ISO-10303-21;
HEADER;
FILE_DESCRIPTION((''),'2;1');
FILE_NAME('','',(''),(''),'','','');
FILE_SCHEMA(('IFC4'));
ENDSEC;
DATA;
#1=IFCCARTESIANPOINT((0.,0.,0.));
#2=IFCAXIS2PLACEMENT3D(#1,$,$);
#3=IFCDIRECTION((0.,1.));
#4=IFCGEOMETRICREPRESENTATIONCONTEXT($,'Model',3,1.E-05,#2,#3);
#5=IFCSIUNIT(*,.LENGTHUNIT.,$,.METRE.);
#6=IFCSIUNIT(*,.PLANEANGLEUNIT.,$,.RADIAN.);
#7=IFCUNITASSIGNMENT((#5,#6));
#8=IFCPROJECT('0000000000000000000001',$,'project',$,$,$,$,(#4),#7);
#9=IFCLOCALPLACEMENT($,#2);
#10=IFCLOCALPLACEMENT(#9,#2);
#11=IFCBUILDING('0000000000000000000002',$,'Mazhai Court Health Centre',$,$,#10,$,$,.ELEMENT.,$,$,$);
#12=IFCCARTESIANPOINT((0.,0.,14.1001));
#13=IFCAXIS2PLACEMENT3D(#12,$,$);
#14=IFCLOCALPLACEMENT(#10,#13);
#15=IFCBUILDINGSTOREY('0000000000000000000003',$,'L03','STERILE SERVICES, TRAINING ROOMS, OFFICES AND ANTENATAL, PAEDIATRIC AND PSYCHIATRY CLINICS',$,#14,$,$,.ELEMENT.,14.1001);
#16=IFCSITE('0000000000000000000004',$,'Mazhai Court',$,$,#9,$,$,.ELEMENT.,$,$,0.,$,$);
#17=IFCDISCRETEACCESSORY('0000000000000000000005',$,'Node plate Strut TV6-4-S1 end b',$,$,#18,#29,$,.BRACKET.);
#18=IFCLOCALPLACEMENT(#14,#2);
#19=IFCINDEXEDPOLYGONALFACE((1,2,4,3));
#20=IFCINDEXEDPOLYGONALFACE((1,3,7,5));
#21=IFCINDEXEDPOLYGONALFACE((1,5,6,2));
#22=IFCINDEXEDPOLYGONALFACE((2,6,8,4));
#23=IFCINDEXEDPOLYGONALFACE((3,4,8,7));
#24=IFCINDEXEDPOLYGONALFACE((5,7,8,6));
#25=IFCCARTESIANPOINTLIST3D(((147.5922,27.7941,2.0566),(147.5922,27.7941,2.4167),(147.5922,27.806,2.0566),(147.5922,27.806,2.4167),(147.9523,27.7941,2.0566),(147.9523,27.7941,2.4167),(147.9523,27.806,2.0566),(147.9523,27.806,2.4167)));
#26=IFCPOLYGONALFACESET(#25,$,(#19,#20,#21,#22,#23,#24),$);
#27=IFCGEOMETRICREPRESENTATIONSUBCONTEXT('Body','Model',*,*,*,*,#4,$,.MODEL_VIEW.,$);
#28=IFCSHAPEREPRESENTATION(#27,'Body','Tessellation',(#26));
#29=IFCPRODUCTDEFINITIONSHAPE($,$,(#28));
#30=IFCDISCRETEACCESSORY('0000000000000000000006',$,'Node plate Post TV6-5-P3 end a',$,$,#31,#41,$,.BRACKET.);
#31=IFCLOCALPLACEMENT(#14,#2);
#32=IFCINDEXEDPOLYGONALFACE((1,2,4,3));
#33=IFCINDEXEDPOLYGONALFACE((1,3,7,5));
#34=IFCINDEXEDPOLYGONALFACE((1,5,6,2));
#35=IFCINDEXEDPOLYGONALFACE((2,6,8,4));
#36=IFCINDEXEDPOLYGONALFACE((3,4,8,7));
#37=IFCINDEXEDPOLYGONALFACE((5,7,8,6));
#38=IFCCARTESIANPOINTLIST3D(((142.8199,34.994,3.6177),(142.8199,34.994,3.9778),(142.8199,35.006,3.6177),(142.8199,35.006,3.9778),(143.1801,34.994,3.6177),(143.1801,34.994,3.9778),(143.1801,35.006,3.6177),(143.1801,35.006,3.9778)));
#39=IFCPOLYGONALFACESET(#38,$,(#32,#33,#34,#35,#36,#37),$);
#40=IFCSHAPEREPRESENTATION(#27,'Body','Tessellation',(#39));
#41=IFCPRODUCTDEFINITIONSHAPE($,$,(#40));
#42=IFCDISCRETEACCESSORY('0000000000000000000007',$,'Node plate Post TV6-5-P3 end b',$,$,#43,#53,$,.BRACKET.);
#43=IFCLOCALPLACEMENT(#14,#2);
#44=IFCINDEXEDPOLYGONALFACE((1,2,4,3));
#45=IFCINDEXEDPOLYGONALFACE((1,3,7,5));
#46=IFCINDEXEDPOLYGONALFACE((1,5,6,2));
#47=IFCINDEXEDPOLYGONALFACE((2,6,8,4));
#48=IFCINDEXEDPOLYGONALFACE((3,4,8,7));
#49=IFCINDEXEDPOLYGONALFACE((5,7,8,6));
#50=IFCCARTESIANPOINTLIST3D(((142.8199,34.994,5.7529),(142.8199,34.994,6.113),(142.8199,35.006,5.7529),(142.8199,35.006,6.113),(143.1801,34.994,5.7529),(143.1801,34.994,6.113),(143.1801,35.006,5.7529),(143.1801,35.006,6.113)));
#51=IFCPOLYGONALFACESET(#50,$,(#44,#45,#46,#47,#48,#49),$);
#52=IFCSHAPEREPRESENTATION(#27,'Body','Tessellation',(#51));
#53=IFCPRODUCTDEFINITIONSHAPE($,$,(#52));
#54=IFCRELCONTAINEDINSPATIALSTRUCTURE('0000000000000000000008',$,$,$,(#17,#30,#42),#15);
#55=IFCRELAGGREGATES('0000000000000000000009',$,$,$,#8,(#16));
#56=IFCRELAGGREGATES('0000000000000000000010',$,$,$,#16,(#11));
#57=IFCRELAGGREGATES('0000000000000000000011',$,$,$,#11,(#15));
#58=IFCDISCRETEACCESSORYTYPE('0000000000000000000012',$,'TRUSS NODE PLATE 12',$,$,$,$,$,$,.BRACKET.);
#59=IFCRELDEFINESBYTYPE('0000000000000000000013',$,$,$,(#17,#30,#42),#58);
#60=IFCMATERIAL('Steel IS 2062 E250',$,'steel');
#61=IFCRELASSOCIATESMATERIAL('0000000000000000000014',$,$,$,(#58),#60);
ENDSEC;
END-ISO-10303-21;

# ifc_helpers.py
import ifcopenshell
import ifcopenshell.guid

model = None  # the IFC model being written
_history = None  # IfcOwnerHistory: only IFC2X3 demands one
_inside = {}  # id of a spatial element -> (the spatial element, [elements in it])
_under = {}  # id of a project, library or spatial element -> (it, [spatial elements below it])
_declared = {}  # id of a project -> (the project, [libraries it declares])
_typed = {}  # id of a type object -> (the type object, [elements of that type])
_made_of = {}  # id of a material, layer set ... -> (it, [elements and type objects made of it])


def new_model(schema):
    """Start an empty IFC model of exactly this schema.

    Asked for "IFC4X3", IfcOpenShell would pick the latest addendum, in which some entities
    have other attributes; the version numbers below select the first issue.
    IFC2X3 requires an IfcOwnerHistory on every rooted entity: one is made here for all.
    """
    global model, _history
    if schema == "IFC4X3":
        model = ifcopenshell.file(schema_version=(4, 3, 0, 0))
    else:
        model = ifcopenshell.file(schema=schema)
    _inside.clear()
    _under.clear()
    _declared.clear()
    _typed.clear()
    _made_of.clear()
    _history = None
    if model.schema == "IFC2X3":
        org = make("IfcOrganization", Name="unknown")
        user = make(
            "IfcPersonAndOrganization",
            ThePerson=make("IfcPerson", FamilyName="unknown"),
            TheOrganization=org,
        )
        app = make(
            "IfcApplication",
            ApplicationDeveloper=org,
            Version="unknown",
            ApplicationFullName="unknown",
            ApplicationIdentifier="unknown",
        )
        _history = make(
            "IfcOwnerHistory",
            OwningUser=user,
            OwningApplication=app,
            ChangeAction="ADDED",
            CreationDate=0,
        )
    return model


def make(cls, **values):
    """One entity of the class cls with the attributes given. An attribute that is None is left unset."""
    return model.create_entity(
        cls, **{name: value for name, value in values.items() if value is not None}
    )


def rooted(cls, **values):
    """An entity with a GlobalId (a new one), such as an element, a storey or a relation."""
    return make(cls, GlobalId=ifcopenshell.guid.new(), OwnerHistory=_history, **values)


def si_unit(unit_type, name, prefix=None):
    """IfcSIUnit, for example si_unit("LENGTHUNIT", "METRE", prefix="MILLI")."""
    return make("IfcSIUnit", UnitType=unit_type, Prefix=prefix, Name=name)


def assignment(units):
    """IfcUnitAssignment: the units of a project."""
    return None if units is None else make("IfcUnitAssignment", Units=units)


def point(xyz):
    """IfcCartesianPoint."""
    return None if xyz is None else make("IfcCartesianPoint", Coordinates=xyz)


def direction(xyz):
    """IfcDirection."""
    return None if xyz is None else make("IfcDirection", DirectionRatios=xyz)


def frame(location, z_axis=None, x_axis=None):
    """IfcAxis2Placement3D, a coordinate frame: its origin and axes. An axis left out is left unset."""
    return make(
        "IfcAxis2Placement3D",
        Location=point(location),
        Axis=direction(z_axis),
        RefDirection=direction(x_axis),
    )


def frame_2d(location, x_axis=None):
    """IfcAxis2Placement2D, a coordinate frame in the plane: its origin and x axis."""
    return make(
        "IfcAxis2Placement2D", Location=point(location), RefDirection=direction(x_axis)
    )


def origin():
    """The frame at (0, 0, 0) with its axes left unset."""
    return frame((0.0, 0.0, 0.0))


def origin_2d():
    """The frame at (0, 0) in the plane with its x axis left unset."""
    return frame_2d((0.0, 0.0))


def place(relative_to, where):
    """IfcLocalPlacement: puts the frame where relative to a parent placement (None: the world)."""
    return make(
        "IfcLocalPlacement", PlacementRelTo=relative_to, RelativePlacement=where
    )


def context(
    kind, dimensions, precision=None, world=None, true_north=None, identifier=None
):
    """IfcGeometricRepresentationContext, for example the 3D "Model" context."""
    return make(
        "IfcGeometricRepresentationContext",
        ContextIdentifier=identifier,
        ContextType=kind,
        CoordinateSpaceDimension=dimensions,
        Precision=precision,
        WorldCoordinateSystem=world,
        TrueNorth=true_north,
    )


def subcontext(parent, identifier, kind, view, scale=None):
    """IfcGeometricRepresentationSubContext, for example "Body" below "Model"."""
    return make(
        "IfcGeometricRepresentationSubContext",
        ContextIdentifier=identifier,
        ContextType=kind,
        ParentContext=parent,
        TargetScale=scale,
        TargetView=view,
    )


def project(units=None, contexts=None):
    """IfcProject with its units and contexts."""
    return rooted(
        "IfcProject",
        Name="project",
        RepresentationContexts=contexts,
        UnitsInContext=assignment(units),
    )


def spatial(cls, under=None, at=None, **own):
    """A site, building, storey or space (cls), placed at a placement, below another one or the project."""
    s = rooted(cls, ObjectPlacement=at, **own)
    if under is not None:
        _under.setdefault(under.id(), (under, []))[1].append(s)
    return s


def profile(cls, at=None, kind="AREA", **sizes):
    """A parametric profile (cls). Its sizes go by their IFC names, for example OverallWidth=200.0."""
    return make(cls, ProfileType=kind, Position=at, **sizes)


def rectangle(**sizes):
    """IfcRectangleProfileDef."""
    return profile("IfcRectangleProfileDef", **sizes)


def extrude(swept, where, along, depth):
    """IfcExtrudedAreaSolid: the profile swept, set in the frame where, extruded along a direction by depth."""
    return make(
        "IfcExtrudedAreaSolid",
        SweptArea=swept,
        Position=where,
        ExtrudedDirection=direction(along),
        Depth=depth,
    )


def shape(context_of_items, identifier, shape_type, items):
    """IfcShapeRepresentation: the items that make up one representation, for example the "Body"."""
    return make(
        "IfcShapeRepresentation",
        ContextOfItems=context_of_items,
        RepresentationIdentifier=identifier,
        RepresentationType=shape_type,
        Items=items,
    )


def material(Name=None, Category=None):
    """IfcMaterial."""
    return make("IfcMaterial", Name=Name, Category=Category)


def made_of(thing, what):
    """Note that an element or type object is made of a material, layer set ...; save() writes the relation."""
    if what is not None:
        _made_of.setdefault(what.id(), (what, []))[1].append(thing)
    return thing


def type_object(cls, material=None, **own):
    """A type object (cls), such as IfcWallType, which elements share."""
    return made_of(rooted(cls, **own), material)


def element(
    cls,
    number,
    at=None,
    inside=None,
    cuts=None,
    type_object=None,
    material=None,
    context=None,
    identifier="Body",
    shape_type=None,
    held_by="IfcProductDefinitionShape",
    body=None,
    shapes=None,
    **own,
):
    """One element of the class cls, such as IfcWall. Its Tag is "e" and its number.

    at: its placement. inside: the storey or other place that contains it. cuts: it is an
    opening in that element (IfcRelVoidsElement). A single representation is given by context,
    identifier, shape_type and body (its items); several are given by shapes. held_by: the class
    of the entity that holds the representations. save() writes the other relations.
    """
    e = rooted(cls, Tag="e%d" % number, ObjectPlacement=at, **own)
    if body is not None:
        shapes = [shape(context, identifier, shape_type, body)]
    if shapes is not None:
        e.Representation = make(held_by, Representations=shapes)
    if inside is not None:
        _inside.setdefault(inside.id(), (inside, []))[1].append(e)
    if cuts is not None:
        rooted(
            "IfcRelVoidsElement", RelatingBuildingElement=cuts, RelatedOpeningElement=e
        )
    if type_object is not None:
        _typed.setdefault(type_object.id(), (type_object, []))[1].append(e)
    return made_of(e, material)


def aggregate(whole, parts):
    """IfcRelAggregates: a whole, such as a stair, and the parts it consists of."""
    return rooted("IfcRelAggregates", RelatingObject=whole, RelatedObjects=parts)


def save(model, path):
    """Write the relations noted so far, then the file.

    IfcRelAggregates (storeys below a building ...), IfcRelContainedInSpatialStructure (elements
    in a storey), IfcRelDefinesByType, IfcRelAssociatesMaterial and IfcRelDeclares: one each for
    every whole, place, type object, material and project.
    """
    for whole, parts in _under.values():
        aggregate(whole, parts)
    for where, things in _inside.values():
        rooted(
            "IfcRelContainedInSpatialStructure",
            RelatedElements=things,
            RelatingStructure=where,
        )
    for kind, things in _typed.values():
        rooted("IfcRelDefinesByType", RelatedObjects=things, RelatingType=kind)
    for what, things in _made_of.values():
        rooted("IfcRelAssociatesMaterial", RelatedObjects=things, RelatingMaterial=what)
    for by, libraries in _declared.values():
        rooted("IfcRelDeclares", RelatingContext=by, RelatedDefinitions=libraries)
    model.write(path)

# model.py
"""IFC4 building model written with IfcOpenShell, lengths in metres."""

from ifc_helpers import new_model, si_unit, direction, frame, origin, origin_2d, place, context, subcontext, project, spatial, rectangle, extrude, material, type_object, element, save


model = new_model("IFC4")

# Units and contexts
model_context = context("Model", 3, precision=1e-05, world=origin(), true_north=direction((0.0, 1.0)))
body_context = subcontext(model_context, "Body", "Model", "MODEL_VIEW")
ifc_project = project(units=[si_unit("LENGTHUNIT", "METRE"), si_unit("PLANEANGLEUNIT", "RADIAN")], contexts=[model_context])

# Site, building, storey
site_placement = place(None, origin())
site = spatial("IfcSite", under=ifc_project, at=site_placement, Name="Mazhai Court", CompositionType="ELEMENT", RefElevation=0.0)
building_placement = place(site_placement, origin())
building = spatial("IfcBuilding", under=site, at=building_placement, Name="Mazhai Court Health Centre", CompositionType="ELEMENT")
storey_placement = place(building_placement, frame((0.0, 0.0, 14.1001)))
storey = spatial("IfcBuildingStorey", under=building, at=storey_placement, Name="L03", Description="STERILE SERVICES, TRAINING ROOMS, OFFICES AND ANTENATAL, PAEDIATRIC AND PSYCHIATRY CLINICS", CompositionType="ELEMENT", Elevation=14.1001)

# Discrete accessories
ifc_material_1 = material(Name="Steel IS 2062 E250", Category="steel")
discrete_accessory_type = type_object("IfcDiscreteAccessoryType", Name="TRUSS NODE PLATE 12", PredefinedType="BRACKET", material=ifc_material_1)
for number, where, z_axis, x_axis, name in (
    (1, (147.7722, 27.8, 2.0566), (0.0, 0.0, 1.0), (1.0, 0.0, 0.0), "Node plate Strut TV6-4-S1 end b"),
    (2, (143.0, 35.0, 3.6177), (0.0, 0.0, 1.0), (1.0, 0.0, 0.0), "Node plate Post TV6-5-P3 end a"),
    (3, (143.0, 35.0, 5.7529), (0.0, 0.0, 1.0), (1.0, 0.0, 0.0), "Node plate Post TV6-5-P3 end b"),
):
    element("IfcDiscreteAccessory", number, at=place(storey_placement, frame(where, z_axis=z_axis, x_axis=x_axis)), inside=storey, type_object=discrete_accessory_type, Name=name, PredefinedType="BRACKET", context=body_context, shape_type="SweptSolid", body=[
        extrude(rectangle(XDim=0.3601, YDim=0.012, at=origin_2d()), origin(), (0.0, 0.0, 1.0), 0.3601),
    ])

save(model, "model.ifc")
